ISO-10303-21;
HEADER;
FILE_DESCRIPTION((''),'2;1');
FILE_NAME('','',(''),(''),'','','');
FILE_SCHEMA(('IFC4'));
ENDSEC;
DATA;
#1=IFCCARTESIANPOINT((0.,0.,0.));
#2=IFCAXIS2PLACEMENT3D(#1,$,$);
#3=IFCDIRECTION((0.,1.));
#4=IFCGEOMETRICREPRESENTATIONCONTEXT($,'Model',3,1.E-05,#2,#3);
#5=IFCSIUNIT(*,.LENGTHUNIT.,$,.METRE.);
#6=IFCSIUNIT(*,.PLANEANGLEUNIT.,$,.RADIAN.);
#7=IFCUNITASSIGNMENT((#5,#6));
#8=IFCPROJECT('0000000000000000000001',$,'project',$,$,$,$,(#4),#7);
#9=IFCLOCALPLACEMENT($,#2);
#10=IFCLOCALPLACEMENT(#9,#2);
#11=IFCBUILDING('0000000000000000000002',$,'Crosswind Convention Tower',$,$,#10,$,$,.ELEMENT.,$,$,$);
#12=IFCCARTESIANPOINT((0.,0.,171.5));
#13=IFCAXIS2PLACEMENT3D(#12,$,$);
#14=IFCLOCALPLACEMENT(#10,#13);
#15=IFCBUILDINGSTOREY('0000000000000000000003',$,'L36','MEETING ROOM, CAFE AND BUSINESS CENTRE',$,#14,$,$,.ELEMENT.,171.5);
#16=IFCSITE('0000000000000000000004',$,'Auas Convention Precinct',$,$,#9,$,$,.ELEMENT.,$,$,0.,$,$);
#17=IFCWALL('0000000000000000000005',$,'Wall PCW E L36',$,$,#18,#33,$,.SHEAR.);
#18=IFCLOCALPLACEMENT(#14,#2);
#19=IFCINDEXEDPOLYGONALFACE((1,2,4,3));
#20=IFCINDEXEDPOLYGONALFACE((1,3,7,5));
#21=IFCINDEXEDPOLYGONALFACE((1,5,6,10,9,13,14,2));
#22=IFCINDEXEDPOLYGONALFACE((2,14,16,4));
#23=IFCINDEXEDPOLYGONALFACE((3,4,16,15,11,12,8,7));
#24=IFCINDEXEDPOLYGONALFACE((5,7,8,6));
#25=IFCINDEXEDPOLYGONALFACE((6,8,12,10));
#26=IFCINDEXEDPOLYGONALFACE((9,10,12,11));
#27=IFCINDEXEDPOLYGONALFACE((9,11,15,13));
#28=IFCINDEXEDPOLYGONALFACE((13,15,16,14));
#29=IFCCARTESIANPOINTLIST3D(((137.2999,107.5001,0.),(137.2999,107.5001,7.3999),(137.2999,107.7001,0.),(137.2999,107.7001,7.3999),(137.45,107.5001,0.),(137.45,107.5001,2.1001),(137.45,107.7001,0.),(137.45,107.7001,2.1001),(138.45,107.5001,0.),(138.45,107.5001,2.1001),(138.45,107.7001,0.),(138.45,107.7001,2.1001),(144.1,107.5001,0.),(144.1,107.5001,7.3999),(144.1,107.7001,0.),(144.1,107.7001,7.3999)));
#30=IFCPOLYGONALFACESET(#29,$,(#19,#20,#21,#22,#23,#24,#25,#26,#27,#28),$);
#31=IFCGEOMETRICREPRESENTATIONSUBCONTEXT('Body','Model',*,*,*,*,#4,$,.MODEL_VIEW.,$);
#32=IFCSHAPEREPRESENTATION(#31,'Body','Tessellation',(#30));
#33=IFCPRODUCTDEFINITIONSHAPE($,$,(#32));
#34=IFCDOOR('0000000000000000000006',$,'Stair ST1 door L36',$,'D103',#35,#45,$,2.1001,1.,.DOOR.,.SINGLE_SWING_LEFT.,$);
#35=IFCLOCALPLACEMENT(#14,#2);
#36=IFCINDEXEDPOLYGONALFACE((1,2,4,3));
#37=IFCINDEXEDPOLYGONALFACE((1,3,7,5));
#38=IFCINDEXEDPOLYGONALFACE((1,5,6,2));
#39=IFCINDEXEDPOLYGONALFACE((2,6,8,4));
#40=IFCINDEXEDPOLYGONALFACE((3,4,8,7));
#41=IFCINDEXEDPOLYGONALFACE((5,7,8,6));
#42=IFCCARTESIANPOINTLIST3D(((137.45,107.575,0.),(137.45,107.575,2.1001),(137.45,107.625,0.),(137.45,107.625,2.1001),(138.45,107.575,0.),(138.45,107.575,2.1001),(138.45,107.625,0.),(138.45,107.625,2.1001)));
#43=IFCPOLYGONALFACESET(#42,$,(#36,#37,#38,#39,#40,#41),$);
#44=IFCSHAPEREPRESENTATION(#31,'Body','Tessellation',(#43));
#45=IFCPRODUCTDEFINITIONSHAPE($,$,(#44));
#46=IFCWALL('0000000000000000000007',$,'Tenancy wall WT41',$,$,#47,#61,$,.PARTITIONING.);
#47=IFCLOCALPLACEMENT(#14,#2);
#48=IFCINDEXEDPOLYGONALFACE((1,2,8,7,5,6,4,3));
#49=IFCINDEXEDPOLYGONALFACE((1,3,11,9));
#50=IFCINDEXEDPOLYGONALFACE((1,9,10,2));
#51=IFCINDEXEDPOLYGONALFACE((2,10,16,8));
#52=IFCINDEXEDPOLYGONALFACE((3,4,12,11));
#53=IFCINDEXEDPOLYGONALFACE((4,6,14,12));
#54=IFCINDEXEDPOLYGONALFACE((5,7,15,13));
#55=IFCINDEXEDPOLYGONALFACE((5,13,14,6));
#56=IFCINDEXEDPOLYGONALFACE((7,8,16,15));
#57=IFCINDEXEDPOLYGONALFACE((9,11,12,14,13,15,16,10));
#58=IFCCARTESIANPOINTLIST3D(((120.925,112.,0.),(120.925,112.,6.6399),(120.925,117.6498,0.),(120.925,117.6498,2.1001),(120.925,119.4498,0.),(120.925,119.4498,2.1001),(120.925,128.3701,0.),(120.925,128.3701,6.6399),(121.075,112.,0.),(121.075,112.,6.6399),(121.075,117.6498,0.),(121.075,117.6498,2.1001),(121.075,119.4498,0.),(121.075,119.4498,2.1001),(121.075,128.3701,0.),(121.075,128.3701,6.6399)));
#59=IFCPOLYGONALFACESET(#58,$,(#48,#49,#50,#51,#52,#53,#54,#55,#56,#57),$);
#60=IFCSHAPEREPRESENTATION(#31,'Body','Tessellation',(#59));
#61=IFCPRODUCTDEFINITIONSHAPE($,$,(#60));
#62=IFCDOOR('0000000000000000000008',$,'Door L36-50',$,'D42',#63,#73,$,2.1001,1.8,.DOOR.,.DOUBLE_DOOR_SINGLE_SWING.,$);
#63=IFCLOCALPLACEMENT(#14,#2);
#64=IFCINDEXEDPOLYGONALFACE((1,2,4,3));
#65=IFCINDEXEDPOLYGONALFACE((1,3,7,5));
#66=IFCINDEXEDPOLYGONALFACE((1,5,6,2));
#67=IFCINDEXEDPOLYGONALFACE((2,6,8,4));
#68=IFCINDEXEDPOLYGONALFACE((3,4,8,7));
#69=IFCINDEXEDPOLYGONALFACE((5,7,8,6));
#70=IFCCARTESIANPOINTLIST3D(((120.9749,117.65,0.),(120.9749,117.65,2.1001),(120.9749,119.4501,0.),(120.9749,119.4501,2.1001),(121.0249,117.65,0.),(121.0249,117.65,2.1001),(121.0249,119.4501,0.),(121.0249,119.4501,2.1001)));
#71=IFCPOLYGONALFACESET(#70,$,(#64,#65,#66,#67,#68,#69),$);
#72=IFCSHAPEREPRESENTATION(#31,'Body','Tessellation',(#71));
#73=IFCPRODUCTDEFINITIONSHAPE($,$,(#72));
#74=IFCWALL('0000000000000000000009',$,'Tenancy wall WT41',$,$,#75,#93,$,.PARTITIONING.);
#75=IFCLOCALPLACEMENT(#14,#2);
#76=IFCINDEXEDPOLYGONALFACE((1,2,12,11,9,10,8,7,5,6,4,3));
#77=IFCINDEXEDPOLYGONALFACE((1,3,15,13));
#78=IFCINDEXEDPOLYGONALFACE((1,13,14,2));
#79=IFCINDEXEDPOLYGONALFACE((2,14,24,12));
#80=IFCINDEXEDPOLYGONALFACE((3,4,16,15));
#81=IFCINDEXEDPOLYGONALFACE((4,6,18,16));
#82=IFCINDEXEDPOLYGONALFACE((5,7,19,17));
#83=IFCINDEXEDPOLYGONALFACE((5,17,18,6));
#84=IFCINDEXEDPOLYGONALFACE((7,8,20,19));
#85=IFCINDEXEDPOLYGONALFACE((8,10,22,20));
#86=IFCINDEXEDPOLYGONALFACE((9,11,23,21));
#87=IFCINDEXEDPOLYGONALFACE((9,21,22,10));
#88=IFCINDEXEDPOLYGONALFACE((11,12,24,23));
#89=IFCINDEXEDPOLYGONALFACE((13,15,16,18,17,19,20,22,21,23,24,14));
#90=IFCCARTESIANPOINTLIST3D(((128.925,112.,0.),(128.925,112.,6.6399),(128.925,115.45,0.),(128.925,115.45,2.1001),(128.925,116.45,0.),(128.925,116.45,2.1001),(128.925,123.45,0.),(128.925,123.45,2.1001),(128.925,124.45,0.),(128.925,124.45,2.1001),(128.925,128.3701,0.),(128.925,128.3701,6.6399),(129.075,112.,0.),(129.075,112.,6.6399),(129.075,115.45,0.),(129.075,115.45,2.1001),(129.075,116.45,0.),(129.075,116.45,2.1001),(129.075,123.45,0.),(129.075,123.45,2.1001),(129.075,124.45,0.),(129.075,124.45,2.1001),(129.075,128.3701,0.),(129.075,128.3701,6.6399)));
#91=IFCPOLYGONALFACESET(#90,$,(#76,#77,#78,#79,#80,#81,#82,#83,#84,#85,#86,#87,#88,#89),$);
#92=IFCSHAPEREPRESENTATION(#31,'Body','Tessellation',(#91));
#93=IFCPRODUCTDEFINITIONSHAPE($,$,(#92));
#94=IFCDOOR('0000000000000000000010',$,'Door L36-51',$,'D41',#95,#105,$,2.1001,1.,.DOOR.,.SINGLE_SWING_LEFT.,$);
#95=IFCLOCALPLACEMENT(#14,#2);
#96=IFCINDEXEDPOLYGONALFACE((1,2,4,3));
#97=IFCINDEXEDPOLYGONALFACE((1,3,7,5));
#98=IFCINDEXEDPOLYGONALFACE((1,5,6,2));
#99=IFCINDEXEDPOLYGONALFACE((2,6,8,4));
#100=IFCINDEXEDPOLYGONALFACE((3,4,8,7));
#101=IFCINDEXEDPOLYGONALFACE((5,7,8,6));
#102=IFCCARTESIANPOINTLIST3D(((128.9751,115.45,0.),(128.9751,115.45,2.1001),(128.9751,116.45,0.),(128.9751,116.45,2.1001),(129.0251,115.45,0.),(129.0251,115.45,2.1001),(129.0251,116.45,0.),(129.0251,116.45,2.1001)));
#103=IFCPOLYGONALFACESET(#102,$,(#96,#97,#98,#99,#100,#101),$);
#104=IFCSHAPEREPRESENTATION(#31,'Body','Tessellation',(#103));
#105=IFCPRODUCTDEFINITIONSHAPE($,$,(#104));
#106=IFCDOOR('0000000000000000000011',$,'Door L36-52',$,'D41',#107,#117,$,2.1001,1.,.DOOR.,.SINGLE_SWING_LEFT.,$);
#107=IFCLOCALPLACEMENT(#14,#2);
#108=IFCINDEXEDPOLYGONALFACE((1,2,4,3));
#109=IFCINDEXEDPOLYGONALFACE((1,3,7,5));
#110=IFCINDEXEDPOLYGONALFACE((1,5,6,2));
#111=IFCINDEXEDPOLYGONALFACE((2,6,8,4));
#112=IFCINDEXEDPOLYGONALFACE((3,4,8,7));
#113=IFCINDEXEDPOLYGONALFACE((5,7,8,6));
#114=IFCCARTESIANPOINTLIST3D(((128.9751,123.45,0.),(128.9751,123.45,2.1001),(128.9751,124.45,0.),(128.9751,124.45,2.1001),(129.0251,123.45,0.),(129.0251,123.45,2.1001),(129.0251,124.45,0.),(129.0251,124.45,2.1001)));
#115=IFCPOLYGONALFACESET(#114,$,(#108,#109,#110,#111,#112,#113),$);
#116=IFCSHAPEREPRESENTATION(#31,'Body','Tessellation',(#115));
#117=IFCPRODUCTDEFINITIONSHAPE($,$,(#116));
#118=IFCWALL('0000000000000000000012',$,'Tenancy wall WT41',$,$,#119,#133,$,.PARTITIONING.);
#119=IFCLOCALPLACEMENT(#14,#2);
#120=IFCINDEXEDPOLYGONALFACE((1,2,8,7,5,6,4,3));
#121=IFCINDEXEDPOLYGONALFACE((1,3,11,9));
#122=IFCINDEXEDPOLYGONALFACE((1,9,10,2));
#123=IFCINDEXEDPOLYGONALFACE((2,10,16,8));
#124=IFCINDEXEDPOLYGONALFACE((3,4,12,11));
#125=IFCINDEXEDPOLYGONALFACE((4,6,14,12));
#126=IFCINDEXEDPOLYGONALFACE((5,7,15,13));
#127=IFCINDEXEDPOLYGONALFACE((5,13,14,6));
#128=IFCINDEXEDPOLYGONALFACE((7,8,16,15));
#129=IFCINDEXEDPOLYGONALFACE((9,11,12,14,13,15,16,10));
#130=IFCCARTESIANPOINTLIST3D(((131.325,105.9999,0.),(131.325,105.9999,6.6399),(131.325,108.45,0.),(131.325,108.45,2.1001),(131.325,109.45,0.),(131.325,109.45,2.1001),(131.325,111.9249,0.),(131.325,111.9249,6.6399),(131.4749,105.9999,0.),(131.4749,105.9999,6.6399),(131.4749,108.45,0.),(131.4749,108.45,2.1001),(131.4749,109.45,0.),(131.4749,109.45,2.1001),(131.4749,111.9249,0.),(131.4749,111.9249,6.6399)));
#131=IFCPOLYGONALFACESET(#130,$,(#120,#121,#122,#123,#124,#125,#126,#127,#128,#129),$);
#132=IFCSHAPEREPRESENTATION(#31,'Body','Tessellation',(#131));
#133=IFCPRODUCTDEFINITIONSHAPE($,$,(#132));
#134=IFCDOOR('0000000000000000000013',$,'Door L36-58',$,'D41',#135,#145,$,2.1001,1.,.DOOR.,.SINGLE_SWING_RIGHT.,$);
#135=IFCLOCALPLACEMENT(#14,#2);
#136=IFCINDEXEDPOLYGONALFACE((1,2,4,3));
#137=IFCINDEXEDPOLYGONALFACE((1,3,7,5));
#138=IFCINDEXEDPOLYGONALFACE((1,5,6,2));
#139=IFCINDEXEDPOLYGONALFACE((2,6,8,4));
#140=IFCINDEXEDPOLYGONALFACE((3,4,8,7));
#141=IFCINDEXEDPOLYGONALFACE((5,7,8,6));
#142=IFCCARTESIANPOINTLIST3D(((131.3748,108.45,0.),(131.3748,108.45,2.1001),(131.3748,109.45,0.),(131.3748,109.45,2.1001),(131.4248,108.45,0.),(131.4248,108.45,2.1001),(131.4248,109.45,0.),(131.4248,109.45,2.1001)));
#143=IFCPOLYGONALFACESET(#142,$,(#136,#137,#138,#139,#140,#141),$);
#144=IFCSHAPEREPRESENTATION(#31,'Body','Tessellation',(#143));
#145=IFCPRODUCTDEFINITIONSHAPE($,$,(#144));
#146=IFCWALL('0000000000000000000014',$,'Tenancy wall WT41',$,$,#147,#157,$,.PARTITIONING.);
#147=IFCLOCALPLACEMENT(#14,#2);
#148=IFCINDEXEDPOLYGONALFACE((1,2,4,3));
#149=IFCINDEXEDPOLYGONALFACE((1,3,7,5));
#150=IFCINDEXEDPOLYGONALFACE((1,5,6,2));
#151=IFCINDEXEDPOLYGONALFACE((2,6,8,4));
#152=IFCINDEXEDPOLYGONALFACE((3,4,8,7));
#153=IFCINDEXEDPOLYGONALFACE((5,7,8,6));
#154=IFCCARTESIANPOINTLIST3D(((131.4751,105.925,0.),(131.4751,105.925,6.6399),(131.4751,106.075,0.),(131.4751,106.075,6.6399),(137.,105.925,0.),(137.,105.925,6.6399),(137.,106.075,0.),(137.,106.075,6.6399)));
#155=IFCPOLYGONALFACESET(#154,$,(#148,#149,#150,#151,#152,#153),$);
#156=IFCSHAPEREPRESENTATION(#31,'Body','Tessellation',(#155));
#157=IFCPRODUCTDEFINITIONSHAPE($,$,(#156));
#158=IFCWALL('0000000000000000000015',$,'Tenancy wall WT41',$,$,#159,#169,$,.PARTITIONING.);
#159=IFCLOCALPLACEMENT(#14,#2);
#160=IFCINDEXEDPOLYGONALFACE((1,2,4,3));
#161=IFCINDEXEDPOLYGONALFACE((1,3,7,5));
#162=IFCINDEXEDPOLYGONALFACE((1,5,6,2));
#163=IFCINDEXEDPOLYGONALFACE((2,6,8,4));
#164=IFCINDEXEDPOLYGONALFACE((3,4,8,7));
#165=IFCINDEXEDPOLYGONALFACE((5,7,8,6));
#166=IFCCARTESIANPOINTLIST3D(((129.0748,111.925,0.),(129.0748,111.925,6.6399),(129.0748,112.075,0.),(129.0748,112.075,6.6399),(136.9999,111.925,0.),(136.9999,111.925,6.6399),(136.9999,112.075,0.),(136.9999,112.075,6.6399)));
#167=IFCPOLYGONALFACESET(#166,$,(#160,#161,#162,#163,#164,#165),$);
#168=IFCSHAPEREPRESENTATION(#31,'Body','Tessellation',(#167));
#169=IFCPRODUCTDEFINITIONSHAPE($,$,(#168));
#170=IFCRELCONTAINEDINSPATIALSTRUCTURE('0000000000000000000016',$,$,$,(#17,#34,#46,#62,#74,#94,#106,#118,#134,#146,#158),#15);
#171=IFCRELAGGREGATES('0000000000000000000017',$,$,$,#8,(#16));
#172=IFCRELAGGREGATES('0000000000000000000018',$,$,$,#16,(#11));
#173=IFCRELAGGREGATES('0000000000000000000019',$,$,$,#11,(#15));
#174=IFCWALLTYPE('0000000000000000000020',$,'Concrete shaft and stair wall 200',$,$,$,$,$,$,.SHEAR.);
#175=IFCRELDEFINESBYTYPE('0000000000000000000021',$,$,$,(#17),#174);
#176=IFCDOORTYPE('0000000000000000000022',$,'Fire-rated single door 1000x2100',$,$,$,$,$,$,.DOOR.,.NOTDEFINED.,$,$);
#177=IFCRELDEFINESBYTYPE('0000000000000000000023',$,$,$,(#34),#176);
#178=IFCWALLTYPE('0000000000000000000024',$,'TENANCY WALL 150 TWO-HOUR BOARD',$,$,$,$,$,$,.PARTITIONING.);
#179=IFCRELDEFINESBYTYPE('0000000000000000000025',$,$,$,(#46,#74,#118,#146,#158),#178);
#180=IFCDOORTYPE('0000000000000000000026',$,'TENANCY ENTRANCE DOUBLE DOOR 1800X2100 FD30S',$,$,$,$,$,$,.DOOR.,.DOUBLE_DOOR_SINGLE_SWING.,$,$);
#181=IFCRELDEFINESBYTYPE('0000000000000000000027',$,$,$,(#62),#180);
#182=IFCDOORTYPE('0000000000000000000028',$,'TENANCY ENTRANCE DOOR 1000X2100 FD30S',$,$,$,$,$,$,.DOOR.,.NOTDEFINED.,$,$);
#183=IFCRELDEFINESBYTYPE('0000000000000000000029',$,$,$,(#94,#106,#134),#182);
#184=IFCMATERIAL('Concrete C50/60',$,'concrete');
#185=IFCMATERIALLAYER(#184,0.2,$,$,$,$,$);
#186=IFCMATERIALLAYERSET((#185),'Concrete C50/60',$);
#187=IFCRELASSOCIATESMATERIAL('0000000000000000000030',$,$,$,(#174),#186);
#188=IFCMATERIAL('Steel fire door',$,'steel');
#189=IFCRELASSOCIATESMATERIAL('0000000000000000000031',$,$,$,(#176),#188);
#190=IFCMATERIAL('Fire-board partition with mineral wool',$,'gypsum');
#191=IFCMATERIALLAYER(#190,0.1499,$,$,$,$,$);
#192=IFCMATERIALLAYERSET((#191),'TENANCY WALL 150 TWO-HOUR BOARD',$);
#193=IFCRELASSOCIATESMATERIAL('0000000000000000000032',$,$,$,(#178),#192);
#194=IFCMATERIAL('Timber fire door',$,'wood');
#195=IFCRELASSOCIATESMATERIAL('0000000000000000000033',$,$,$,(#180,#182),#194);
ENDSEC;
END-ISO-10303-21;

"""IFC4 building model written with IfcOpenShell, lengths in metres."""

from ifc_helpers import new_model, si_unit, direction, frame, frame_2d, origin, place, context, subcontext, project, spatial, rectangle, extrude, material, layer, layer_set, type_object, element, fill, save


model = new_model("IFC4")

# Units and contexts
model_context = context("Model", 3, precision=1e-05, world=origin(), true_north=direction((0.0, 1.0)))
body_context = subcontext(model_context, "Body", "Model", "MODEL_VIEW")
ifc_project = project(units=[si_unit("LENGTHUNIT", "METRE"), si_unit("PLANEANGLEUNIT", "RADIAN")], contexts=[model_context])

# Site, building, storey
site_placement = place(None, origin())
site = spatial("IfcSite", under=ifc_project, at=site_placement, Name="Auas Convention Precinct", CompositionType="ELEMENT", RefElevation=0.0)
building_placement = place(site_placement, origin())
building = spatial("IfcBuilding", under=site, at=building_placement, Name="Crosswind Convention Tower", CompositionType="ELEMENT")
storey_placement = place(building_placement, frame((0.0, 0.0, 171.5)))
storey = spatial("IfcBuildingStorey", under=building, at=storey_placement, Name="L36", Description="MEETING ROOM, CAFE AND BUSINESS CENTRE", CompositionType="ELEMENT", Elevation=171.5)

# Shared definitions
ifc_material_1 = material(Name="Concrete C50/60", Category="concrete")

# Walls, openings, doors
ifc_layer_1 = layer(ifc_material_1, 0.2)
ifc_layer_set_1 = layer_set([ifc_layer_1], Name="Concrete C50/60")
wall_type_1 = type_object("IfcWallType", Name="Concrete shaft and stair wall 200", PredefinedType="SHEAR", material=ifc_layer_set_1)
ifc_material_2 = material(Name="Steel fire door", Category="steel")
wall_1_placement = place(storey_placement, frame((137.3, 107.6001, 0.0), z_axis=(0.0, 0.0, 1.0), x_axis=(1.0, 0.0, 0.0)))
wall_1 = element("IfcWall", 1, at=wall_1_placement, inside=storey, type_object=wall_type_1, Name="Wall PCW E L36", PredefinedType="SHEAR", context=body_context, shape_type="SweptSolid", body=[
    extrude(rectangle(XDim=6.8, YDim=0.2, at=frame_2d((3.3999, 0.0))), origin(), (0.0, 0.0, 1.0), 7.3999),
])
opening_1_placement = place(wall_1_placement, frame((0.1499, 0.0, 0.0)))
opening_1 = element("IfcOpeningElement", 2, at=opening_1_placement, cuts=wall_1, PredefinedType="OPENING", context=body_context, shape_type="SweptSolid", body=[
    extrude(rectangle(XDim=1.0, YDim=2.1001, at=frame_2d((0.5, 1.05))), frame((0.0, 0.1099, 0.0), z_axis=(0.0, -1.0, 0.0), x_axis=(1.0, 0.0, 0.0)), (0.0, 0.0, 1.0), 0.22),
])
door_type_1 = type_object("IfcDoorType", Name="Fire-rated single door 1000x2100", OperationType="NOTDEFINED", PredefinedType="DOOR", material=ifc_material_2)
door_1_placement = place(opening_1_placement, origin())
door_1 = element("IfcDoor", 3, at=door_1_placement, inside=storey, type_object=door_type_1, Name="Stair ST1 door L36", ObjectType="D103", OperationType="SINGLE_SWING_LEFT", OverallHeight=2.1001, OverallWidth=1.0, PredefinedType="DOOR", context=body_context, shape_type="SweptSolid", body=[
    extrude(rectangle(XDim=1.0, YDim=2.1001, at=frame_2d((0.5, 1.05))), frame((0.0, 0.0249, 0.0), z_axis=(0.0, -1.0, 0.0), x_axis=(1.0, 0.0, 0.0)), (0.0, 0.0, 1.0), 0.05),
])
fill(opening_1, door_1)
ifc_material_3 = material(Name="Fire-board partition with mineral wool", Category="gypsum")
ifc_layer_2 = layer(ifc_material_3, 0.1499)
ifc_layer_set_2 = layer_set([ifc_layer_2], Name="TENANCY WALL 150 TWO-HOUR BOARD")
wall_type_2 = type_object("IfcWallType", Name="TENANCY WALL 150 TWO-HOUR BOARD", PredefinedType="PARTITIONING", material=ifc_layer_set_2)
wall_2_placement = place(storey_placement, frame((121.0, 112.0, 0.0), z_axis=(0.0, 0.0, 1.0), x_axis=(0.0, 1.0, 0.0)))
wall_2 = element("IfcWall", 4, at=wall_2_placement, inside=storey, type_object=wall_type_2, Name="Tenancy wall WT41", PredefinedType="PARTITIONING", context=body_context, shape_type="SweptSolid", body=[
    extrude(rectangle(XDim=16.3701, YDim=0.1499, at=frame_2d((8.1851, 0.0))), origin(), (0.0, 0.0, 1.0), 6.6399),
])
opening_2_placement = place(wall_2_placement, frame((5.6499, 0.0, 0.0)))
opening_2 = element("IfcOpeningElement", 5, at=opening_2_placement, cuts=wall_2, PredefinedType="OPENING", context=body_context, shape_type="SweptSolid", body=[
    extrude(rectangle(XDim=1.8, YDim=2.1001, at=frame_2d((0.8999, 1.05))), frame((0.0, 0.085, 0.0), z_axis=(0.0, -1.0, 0.0), x_axis=(1.0, 0.0, 0.0)), (0.0, 0.0, 1.0), 0.1699),
])
ifc_material_4 = material(Name="Timber fire door", Category="wood")
door_type_2 = type_object("IfcDoorType", Name="TENANCY ENTRANCE DOUBLE DOOR 1800X2100 FD30S", OperationType="DOUBLE_DOOR_SINGLE_SWING", PredefinedType="DOOR", material=ifc_material_4)
door_2_placement = place(opening_2_placement, frame((1.8, 0.0, 0.0), z_axis=(0.0, 0.0, 1.0), x_axis=(-1.0, 0.0, 0.0)))
door_2 = element("IfcDoor", 6, at=door_2_placement, inside=storey, type_object=door_type_2, Name="Door L36-50", ObjectType="D42", OperationType="DOUBLE_DOOR_SINGLE_SWING", OverallHeight=2.1001, OverallWidth=1.8, PredefinedType="DOOR", context=body_context, shape_type="SweptSolid", body=[
    extrude(rectangle(XDim=1.8, YDim=2.1001, at=frame_2d((0.8999, 1.05))), frame((0.0, 0.0249, 0.0), z_axis=(0.0, -1.0, 0.0), x_axis=(1.0, 0.0, 0.0)), (0.0, 0.0, 1.0), 0.05),
])
fill(opening_2, door_2)

# Wall, openings, doors
wall_3_placement = place(storey_placement, frame((129.0, 112.0, 0.0), z_axis=(0.0, 0.0, 1.0), x_axis=(0.0, 1.0, 0.0)))
wall_3 = element("IfcWall", 7, at=wall_3_placement, inside=storey, type_object=wall_type_2, Name="Tenancy wall WT41", PredefinedType="PARTITIONING", context=body_context, shape_type="SweptSolid", body=[
    extrude(rectangle(XDim=16.3701, YDim=0.1499, at=frame_2d((8.1851, 0.0))), origin(), (0.0, 0.0, 1.0), 6.6399),
])
opening_3_placement = place(wall_3_placement, frame((3.45, 0.0, 0.0)))
opening_3 = element("IfcOpeningElement", 8, at=opening_3_placement, cuts=wall_3, PredefinedType="OPENING", context=body_context, shape_type="SweptSolid", body=[
    extrude(rectangle(XDim=1.0, YDim=2.1001, at=frame_2d((0.5, 1.05))), frame((0.0, 0.085, 0.0), z_axis=(0.0, -1.0, 0.0), x_axis=(1.0, 0.0, 0.0)), (0.0, 0.0, 1.0), 0.1699),
])
opening_4_placement = place(wall_3_placement, frame((11.45, 0.0, 0.0)))
opening_4 = element("IfcOpeningElement", 9, at=opening_4_placement, cuts=wall_3, PredefinedType="OPENING", context=body_context, shape_type="SweptSolid", body=[
    extrude(rectangle(XDim=1.0, YDim=2.1001, at=frame_2d((0.5, 1.05))), frame((0.0, 0.085, 0.0), z_axis=(0.0, -1.0, 0.0), x_axis=(1.0, 0.0, 0.0)), (0.0, 0.0, 1.0), 0.1699),
])
door_type_3 = type_object("IfcDoorType", Name="TENANCY ENTRANCE DOOR 1000X2100 FD30S", OperationType="NOTDEFINED", PredefinedType="DOOR", material=ifc_material_4)
door_3_placement = place(opening_3_placement, origin())
door_3 = element("IfcDoor", 10, at=door_3_placement, inside=storey, type_object=door_type_3, Name="Door L36-51", ObjectType="D41", OperationType="SINGLE_SWING_LEFT", OverallHeight=2.1001, OverallWidth=1.0, PredefinedType="DOOR", context=body_context, shape_type="SweptSolid", body=[
    extrude(rectangle(XDim=1.0, YDim=2.1001, at=frame_2d((0.5, 1.05))), frame((0.0, 0.0249, 0.0), z_axis=(0.0, -1.0, 0.0), x_axis=(1.0, 0.0, 0.0)), (0.0, 0.0, 1.0), 0.05),
])
fill(opening_3, door_3)
door_4_placement = place(opening_4_placement, origin())
door_4 = element("IfcDoor", 11, at=door_4_placement, inside=storey, type_object=door_type_3, Name="Door L36-52", ObjectType="D41", OperationType="SINGLE_SWING_LEFT", OverallHeight=2.1001, OverallWidth=1.0, PredefinedType="DOOR", context=body_context, shape_type="SweptSolid", body=[
    extrude(rectangle(XDim=1.0, YDim=2.1001, at=frame_2d((0.5, 1.05))), frame((0.0, 0.0249, 0.0), z_axis=(0.0, -1.0, 0.0), x_axis=(1.0, 0.0, 0.0)), (0.0, 0.0, 1.0), 0.05),
])
fill(opening_4, door_4)

# Wall, opening, door
wall_4_placement = place(storey_placement, frame((131.3999, 106.0, 0.0), z_axis=(0.0, 0.0, 1.0), x_axis=(0.0, 1.0, 0.0)))
wall_4 = element("IfcWall", 12, at=wall_4_placement, inside=storey, type_object=wall_type_2, Name="Tenancy wall WT41", PredefinedType="PARTITIONING", context=body_context, shape_type="SweptSolid", body=[
    extrude(rectangle(XDim=5.925, YDim=0.1499, at=frame_2d((2.9624, 0.0))), origin(), (0.0, 0.0, 1.0), 6.6399),
])
opening_5_placement = place(wall_4_placement, frame((2.45, 0.0, 0.0)))
opening_5 = element("IfcOpeningElement", 13, at=opening_5_placement, cuts=wall_4, PredefinedType="OPENING", context=body_context, shape_type="SweptSolid", body=[
    extrude(rectangle(XDim=1.0, YDim=2.1001, at=frame_2d((0.5, 1.05))), frame((0.0, 0.085, 0.0), z_axis=(0.0, -1.0, 0.0), x_axis=(1.0, 0.0, 0.0)), (0.0, 0.0, 1.0), 0.1699),
])
door_5_placement = place(opening_5_placement, frame((1.0, 0.0, 0.0), z_axis=(0.0, 0.0, 1.0), x_axis=(-1.0, 0.0, 0.0)))
door_5 = element("IfcDoor", 14, at=door_5_placement, inside=storey, type_object=door_type_3, Name="Door L36-58", ObjectType="D41", OperationType="SINGLE_SWING_RIGHT", OverallHeight=2.1001, OverallWidth=1.0, PredefinedType="DOOR", context=body_context, shape_type="SweptSolid", body=[
    extrude(rectangle(XDim=1.0, YDim=2.1001, at=frame_2d((0.5, 1.05))), frame((0.0, 0.0249, 0.0), z_axis=(0.0, -1.0, 0.0), x_axis=(1.0, 0.0, 0.0)), (0.0, 0.0, 1.0), 0.05),
])
fill(opening_5, door_5)

# Walls
wall_5_placement = place(storey_placement, frame((131.4751, 106.0, 0.0), z_axis=(0.0, 0.0, 1.0), x_axis=(1.0, 0.0, 0.0)))
element("IfcWall", 15, at=wall_5_placement, inside=storey, type_object=wall_type_2, Name="Tenancy wall WT41", PredefinedType="PARTITIONING", context=body_context, shape_type="SweptSolid", body=[
    extrude(rectangle(XDim=5.5249, YDim=0.1499, at=frame_2d((2.7625, 0.0))), origin(), (0.0, 0.0, 1.0), 6.6399),
])
wall_6_placement = place(storey_placement, frame((129.075, 112.0, 0.0), z_axis=(0.0, 0.0, 1.0), x_axis=(1.0, 0.0, 0.0)))
element("IfcWall", 16, at=wall_6_placement, inside=storey, type_object=wall_type_2, Name="Tenancy wall WT41", PredefinedType="PARTITIONING", context=body_context, shape_type="SweptSolid", body=[
    extrude(rectangle(XDim=7.925, YDim=0.1499, at=frame_2d((3.9624, 0.0))), origin(), (0.0, 0.0, 1.0), 6.6399),
])

save(model, "model.ifc")
